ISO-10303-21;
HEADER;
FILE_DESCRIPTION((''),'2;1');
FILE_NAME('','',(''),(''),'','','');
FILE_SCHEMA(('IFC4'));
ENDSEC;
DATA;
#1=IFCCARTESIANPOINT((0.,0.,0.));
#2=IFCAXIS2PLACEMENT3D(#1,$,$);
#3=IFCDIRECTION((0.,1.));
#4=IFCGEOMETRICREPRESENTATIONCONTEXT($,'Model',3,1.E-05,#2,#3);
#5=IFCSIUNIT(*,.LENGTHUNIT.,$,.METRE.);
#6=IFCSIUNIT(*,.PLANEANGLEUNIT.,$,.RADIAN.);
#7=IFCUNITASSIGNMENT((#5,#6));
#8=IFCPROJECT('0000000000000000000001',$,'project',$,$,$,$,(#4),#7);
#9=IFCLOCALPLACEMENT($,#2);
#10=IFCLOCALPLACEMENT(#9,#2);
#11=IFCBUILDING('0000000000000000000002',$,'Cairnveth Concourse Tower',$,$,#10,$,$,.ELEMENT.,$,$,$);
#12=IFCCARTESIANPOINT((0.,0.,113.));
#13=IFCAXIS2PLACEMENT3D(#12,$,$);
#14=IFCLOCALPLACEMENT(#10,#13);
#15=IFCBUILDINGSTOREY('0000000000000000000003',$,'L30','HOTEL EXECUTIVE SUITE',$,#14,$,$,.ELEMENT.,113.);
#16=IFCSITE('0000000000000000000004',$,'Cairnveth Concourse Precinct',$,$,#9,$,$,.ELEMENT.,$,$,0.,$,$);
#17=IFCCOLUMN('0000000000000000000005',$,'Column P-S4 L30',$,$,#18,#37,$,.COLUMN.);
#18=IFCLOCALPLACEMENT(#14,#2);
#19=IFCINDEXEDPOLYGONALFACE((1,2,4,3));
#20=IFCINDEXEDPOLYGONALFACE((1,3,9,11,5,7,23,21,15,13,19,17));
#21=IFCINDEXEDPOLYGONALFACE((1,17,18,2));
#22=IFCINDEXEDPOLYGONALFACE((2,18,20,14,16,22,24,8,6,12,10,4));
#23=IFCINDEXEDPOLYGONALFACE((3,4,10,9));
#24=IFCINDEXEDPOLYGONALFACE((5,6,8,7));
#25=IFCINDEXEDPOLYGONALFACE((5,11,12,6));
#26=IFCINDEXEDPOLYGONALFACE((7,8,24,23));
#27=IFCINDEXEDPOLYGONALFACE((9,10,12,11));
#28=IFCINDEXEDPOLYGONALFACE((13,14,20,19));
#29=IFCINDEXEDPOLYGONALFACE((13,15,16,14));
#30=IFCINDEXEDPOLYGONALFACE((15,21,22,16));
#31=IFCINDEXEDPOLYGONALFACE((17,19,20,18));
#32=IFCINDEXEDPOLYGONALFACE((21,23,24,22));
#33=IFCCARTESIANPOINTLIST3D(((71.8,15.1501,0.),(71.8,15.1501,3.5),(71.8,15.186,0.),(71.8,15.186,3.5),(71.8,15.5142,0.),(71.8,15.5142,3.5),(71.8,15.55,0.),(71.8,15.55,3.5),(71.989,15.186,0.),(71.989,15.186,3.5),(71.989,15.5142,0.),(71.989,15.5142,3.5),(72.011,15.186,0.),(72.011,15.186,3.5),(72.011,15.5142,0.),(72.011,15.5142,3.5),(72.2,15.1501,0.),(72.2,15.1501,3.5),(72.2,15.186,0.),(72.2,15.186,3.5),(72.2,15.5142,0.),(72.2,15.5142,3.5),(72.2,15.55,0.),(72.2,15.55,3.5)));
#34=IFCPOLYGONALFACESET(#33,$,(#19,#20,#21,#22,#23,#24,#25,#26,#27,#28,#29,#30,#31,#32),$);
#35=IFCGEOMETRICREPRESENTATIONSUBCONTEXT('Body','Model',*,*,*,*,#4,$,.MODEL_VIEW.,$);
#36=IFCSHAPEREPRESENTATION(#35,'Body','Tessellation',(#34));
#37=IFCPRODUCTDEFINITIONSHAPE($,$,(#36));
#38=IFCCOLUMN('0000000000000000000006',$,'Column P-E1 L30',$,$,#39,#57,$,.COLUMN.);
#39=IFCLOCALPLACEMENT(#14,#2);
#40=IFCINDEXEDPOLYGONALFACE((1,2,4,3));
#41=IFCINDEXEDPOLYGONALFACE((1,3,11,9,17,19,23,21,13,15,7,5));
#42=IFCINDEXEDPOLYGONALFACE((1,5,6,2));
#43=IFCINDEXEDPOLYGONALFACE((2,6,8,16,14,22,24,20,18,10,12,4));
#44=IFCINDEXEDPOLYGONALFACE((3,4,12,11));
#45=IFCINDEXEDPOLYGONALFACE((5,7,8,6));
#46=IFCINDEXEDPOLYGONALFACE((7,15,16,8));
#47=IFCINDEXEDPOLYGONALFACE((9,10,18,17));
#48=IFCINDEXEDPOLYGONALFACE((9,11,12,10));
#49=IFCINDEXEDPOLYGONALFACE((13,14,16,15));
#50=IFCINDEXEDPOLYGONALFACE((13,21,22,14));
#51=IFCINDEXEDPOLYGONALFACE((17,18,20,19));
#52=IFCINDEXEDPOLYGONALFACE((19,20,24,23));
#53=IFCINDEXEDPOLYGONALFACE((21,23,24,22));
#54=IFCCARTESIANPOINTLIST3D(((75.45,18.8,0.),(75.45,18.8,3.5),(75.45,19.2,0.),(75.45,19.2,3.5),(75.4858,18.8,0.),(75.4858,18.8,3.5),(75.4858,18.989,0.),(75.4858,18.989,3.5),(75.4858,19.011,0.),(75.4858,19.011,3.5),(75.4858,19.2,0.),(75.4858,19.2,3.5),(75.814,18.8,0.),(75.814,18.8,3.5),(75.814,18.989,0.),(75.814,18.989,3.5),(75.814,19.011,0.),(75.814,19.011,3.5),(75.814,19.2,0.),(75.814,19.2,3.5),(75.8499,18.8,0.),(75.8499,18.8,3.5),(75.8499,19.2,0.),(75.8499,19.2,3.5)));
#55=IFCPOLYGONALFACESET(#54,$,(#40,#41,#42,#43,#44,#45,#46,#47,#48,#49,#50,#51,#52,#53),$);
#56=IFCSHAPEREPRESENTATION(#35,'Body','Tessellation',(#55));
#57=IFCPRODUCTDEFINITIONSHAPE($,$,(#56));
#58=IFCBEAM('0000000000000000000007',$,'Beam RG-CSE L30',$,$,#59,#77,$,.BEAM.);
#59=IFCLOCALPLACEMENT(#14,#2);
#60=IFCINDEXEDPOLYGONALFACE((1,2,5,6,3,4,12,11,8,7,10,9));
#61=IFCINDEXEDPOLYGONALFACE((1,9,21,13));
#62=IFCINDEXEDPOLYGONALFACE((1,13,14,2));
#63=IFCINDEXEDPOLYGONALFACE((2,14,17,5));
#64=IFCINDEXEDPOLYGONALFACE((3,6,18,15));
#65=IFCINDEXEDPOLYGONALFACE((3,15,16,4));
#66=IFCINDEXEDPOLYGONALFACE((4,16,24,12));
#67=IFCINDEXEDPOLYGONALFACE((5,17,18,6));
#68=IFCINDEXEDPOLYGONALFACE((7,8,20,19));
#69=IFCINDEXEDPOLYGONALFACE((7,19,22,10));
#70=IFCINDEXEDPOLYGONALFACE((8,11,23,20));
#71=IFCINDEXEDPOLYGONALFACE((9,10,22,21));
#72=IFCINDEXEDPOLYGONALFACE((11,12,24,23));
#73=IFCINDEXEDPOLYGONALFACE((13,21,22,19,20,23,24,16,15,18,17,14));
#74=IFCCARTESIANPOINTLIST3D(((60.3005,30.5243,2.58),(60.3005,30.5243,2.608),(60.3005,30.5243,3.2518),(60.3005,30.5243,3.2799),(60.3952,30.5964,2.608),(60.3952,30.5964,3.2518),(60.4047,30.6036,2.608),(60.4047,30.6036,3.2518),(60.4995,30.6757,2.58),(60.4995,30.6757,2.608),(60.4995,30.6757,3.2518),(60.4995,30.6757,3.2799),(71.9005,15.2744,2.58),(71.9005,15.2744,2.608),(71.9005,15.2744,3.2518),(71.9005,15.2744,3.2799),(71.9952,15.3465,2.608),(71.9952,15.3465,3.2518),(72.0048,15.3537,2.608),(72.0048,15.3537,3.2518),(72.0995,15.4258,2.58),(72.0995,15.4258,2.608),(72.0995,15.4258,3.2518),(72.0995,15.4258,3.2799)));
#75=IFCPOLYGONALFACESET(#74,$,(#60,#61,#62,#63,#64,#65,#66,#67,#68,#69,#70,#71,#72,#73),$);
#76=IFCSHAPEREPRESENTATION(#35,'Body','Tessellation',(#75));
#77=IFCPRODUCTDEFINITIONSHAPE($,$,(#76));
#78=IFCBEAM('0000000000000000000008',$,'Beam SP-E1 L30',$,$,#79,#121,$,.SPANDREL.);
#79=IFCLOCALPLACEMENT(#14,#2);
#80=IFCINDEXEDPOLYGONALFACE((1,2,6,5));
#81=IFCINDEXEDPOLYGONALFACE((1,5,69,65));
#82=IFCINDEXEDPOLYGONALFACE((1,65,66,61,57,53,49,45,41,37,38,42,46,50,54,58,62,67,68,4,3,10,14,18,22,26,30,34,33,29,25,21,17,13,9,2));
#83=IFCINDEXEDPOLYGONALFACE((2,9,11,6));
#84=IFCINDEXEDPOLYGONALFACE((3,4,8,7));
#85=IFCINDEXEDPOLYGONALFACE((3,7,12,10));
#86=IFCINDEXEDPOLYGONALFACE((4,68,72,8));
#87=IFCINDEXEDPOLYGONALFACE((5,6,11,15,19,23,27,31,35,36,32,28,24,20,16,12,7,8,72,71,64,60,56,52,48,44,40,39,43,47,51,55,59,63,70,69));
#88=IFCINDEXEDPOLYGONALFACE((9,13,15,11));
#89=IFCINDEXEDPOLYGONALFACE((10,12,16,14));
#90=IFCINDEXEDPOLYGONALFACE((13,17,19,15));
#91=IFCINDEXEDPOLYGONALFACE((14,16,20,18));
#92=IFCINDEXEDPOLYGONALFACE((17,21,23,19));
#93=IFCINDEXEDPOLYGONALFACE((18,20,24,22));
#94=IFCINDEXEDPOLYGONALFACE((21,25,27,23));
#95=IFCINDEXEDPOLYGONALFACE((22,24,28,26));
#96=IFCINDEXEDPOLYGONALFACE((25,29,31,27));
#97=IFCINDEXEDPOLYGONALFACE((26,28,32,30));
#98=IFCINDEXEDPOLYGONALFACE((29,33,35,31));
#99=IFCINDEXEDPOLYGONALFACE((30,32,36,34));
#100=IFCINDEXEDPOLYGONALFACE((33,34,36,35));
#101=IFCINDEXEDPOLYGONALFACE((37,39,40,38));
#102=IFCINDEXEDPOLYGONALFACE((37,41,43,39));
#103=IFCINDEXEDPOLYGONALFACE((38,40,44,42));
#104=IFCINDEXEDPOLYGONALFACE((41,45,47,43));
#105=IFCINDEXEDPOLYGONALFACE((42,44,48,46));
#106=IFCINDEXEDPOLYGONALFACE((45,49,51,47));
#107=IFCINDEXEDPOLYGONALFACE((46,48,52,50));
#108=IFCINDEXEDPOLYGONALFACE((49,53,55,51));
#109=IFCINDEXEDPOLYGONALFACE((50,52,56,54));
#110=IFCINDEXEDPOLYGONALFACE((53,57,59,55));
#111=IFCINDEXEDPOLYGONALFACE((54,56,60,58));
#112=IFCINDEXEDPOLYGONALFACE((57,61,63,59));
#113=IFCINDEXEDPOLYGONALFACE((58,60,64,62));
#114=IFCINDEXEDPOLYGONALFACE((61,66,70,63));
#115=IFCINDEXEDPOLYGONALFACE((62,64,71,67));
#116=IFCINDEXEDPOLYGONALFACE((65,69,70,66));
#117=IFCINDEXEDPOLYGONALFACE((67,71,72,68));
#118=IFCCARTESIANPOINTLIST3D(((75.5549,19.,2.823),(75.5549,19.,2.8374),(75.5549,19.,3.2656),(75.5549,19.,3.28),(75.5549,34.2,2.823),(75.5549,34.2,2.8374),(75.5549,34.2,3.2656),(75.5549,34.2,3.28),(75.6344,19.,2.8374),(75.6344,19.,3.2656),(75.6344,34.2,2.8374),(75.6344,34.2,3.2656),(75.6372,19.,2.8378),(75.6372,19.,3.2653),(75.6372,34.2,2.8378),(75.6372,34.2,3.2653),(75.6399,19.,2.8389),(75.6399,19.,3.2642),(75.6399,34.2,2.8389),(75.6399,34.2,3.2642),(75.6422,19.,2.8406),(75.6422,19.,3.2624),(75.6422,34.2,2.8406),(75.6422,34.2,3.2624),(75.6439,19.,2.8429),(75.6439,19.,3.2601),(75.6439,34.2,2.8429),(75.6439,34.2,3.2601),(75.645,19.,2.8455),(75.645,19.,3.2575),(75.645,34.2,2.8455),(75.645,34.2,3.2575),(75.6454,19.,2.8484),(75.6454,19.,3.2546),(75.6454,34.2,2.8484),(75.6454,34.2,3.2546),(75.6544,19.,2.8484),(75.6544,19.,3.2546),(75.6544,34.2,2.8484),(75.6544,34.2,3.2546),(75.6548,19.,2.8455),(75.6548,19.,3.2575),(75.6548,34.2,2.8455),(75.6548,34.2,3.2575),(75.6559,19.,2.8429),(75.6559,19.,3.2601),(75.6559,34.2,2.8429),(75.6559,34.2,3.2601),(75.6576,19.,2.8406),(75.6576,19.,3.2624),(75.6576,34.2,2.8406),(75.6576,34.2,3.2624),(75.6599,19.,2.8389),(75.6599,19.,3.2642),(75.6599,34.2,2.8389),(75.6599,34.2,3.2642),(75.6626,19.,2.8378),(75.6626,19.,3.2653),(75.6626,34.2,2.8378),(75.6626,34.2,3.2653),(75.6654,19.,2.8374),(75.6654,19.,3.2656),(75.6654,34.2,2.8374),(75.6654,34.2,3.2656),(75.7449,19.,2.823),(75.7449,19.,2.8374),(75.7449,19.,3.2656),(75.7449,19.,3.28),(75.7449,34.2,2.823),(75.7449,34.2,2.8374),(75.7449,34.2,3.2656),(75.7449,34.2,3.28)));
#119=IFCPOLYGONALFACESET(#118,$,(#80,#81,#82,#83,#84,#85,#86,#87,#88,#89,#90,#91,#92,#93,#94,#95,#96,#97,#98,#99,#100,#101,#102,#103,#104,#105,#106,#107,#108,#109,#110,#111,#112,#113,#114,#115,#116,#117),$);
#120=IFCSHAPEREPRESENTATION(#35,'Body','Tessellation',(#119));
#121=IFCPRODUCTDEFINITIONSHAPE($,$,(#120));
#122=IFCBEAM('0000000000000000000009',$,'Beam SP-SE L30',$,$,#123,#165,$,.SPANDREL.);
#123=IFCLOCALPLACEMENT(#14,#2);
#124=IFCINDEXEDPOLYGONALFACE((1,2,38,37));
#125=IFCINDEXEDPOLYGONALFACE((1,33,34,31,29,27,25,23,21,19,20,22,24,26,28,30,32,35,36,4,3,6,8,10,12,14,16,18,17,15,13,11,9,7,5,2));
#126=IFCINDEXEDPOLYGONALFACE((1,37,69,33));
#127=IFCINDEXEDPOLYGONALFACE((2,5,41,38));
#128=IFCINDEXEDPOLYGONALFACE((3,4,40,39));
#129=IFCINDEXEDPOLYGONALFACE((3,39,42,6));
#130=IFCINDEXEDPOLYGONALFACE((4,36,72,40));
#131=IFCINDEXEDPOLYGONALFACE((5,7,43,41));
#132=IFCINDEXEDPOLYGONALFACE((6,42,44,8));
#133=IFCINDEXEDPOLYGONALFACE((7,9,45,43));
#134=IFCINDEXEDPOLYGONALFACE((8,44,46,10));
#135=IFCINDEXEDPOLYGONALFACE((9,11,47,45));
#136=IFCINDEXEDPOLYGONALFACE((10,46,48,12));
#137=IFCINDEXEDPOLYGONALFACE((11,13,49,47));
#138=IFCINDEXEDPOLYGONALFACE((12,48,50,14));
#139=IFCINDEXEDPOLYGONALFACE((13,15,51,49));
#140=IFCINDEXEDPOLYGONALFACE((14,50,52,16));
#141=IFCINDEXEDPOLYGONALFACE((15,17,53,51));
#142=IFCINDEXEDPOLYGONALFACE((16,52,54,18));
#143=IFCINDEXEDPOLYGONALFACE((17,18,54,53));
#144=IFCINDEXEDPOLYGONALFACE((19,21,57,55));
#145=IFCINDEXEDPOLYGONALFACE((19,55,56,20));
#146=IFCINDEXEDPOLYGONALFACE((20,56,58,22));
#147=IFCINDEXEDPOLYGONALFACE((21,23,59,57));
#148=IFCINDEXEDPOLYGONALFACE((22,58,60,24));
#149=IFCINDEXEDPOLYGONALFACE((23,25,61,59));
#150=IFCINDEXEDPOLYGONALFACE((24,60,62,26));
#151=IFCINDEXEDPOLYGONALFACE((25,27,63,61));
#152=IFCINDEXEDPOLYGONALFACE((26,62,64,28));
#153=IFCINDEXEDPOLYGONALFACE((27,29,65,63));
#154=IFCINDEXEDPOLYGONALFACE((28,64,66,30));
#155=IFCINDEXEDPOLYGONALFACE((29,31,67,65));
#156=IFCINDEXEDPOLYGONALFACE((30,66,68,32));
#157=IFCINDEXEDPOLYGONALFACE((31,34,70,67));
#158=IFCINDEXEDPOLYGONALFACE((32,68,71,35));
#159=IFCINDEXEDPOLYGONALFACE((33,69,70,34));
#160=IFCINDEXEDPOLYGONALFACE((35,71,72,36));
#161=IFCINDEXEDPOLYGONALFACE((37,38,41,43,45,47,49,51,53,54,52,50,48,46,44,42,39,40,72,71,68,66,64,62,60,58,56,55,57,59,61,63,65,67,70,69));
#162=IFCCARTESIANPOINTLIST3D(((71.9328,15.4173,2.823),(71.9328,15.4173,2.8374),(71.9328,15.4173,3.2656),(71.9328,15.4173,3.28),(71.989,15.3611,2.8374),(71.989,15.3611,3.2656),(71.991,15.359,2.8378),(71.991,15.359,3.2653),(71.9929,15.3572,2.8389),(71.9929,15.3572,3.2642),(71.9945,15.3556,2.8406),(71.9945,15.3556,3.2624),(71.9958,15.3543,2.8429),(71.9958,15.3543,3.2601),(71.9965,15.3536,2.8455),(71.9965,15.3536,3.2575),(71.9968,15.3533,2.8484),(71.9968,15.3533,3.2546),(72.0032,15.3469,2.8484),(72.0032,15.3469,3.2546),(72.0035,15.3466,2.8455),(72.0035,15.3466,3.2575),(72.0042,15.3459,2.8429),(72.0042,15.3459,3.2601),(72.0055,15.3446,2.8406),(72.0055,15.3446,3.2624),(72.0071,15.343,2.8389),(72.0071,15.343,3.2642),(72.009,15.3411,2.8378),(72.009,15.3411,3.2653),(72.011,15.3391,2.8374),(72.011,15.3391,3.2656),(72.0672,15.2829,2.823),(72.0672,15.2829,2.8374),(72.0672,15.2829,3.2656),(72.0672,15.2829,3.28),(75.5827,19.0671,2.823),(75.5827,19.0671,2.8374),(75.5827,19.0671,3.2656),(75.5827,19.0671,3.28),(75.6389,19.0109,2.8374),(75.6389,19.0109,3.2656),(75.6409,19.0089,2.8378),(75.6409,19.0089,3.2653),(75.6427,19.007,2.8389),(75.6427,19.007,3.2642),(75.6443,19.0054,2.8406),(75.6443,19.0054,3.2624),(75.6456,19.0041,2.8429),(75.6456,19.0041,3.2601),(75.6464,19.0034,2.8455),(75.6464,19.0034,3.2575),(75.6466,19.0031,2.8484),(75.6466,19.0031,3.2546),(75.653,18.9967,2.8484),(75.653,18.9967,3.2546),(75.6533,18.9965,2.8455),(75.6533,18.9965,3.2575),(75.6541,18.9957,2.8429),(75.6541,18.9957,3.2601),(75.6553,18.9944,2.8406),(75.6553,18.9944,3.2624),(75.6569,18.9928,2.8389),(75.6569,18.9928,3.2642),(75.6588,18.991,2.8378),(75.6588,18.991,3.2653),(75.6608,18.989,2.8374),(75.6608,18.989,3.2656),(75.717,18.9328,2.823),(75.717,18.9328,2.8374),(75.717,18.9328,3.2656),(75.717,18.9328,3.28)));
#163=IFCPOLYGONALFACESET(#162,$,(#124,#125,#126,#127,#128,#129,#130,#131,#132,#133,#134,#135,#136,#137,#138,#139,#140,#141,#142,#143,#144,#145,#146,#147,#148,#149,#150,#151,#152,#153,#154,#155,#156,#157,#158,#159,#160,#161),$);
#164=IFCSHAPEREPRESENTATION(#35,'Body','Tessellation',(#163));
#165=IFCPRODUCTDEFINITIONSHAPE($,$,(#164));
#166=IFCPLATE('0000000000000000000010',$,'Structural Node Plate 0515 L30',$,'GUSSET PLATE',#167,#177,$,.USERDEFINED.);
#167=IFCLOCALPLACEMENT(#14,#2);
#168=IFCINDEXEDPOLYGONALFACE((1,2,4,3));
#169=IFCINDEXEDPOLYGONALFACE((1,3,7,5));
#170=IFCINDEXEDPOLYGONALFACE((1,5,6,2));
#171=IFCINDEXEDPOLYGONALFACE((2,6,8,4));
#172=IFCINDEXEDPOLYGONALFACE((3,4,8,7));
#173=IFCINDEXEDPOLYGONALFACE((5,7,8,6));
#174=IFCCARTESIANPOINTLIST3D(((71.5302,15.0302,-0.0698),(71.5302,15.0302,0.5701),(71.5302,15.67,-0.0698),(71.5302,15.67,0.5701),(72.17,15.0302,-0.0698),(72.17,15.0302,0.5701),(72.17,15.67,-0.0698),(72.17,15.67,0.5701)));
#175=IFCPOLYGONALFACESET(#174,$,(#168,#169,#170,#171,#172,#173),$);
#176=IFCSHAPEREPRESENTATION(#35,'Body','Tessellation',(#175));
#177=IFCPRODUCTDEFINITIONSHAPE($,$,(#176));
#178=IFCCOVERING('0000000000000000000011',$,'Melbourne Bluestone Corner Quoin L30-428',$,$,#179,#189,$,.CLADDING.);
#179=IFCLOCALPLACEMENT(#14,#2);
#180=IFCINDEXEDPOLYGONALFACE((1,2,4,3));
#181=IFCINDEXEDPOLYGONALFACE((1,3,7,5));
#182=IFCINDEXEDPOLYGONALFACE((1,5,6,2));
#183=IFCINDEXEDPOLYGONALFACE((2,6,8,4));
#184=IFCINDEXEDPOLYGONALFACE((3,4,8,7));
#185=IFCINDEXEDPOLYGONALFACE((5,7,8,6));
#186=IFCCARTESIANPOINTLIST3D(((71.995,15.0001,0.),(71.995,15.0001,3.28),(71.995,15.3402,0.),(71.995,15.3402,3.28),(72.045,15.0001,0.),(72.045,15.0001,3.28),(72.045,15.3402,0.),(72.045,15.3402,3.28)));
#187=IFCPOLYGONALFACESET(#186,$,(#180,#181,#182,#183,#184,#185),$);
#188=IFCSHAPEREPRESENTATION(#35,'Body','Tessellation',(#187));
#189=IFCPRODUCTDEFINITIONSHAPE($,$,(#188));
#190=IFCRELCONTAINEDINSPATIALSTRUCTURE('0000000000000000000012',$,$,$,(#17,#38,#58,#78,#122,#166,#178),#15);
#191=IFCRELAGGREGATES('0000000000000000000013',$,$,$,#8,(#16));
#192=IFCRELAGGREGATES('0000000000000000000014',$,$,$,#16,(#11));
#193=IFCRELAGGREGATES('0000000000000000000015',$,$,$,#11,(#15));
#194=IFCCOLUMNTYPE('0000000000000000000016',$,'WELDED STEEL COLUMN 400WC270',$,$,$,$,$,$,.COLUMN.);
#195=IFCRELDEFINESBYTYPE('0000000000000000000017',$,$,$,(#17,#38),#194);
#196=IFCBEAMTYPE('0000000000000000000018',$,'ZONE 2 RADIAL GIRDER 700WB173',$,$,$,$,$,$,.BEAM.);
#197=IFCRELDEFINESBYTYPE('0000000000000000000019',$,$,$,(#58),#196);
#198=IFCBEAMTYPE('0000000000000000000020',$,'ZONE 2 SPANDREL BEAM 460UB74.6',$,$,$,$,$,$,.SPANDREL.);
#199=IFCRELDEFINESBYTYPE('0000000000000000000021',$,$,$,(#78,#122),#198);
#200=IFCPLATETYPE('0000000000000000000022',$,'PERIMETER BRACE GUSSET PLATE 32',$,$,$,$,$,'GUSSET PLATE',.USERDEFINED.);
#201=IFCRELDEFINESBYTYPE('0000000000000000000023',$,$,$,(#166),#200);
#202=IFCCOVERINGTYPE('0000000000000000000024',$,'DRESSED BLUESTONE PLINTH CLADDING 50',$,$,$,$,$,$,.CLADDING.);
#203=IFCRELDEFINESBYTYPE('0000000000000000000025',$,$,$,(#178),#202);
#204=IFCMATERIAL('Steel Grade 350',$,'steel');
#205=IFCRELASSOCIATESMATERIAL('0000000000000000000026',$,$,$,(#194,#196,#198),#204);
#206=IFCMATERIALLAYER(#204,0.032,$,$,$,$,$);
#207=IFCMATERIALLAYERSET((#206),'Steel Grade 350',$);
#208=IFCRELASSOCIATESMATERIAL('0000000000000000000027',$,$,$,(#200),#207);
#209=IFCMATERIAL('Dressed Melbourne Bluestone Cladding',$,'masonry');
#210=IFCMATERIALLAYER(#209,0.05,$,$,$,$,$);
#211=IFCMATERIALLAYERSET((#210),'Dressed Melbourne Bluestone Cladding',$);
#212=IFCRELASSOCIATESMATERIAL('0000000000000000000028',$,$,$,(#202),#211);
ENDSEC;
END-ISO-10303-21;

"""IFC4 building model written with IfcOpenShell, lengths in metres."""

from ifc_helpers import new_model, si_unit, direction, frame, frame_2d, origin, origin_2d, place, context, subcontext, project, spatial, rectangle, i_section, extrude, material, layer, layer_set, material_profile, profile_set, type_object, element, save


model = new_model("IFC4")

# Units and contexts
model_context = context("Model", 3, precision=1e-05, world=origin(), true_north=direction((0.0, 1.0)))
body_context = subcontext(model_context, "Body", "Model", "MODEL_VIEW")
ifc_project = project(units=[si_unit("LENGTHUNIT", "METRE"), si_unit("PLANEANGLEUNIT", "RADIAN")], contexts=[model_context])

# Site, building, storey
site_placement = place(None, origin())
site = spatial("IfcSite", under=ifc_project, at=site_placement, Name="Cairnveth Concourse Precinct", CompositionType="ELEMENT", RefElevation=0.0)
building_placement = place(site_placement, origin())
building = spatial("IfcBuilding", under=site, at=building_placement, Name="Cairnveth Concourse Tower", CompositionType="ELEMENT")
storey_placement = place(building_placement, frame((0.0, 0.0, 113.0)))
storey = spatial("IfcBuildingStorey", under=building, at=storey_placement, Name="L30", Description="HOTEL EXECUTIVE SUITE", CompositionType="ELEMENT", Elevation=113.0)

# Columns
ifc_material_1 = material(Name="Steel Grade 350", Category="steel")
ifc_material_profile_1 = material_profile(ifc_material_1, i_section(OverallWidth=0.3999, OverallDepth=0.3999, WebThickness=0.022, FlangeThickness=0.0359, at=origin_2d()), Name="400WC270")
ifc_profile_set_1 = profile_set([ifc_material_profile_1], Name="Steel Grade 350")
column_type = type_object("IfcColumnType", Name="WELDED STEEL COLUMN 400WC270", PredefinedType="COLUMN", material=ifc_profile_set_1)
for number, where, z_axis, x_axis, name in (
    (1, (72.0, 15.3501, 0.0), (0.0, 0.0, 1.0), (1.0, 0.0, 0.0), "Column P-S4 L30"),
    (2, (75.6499, 19.0, 0.0), (0.0, 0.0, 1.0), (0.0, 1.0, 0.0), "Column P-E1 L30"),
):
    element("IfcColumn", number, at=place(storey_placement, frame(where, z_axis=z_axis, x_axis=x_axis)), inside=storey, type_object=column_type, Name=name, PredefinedType="COLUMN", context=body_context, shape_type="SweptSolid", body=[
        extrude(i_section(OverallWidth=0.3999, OverallDepth=0.3999, WebThickness=0.022, FlangeThickness=0.0359, at=origin_2d()), origin(), (0.0, 0.0, 1.0), 3.5),
    ])

# Beams
ifc_material_profile_2 = material_profile(ifc_material_1, i_section(OverallWidth=0.25, OverallDepth=0.7, WebThickness=0.012, FlangeThickness=0.0281, at=origin_2d()), Name="700WB173")
ifc_profile_set_2 = profile_set([ifc_material_profile_2], Name="Steel Grade 350")
beam_type_1 = type_object("IfcBeamType", Name="ZONE 2 RADIAL GIRDER 700WB173", PredefinedType="BEAM", material=ifc_profile_set_2)
beam_1_placement = place(storey_placement, frame((72.0, 15.3501, 2.9299), z_axis=(-0.605417, 0.795908, 0.0), x_axis=(-0.795908, -0.605417, 0.0)))
element("IfcBeam", 3, at=beam_1_placement, inside=storey, type_object=beam_type_1, Name="Beam RG-CSE L30", PredefinedType="BEAM", context=body_context, shape_type="SweptSolid", body=[
    extrude(i_section(OverallWidth=0.25, OverallDepth=0.7, WebThickness=0.012, FlangeThickness=0.0281, at=origin_2d()), origin(), (0.0, 0.0, 1.0), 19.1604),
])
ifc_material_profile_3 = material_profile(ifc_material_1, i_section(OverallWidth=0.1899, OverallDepth=0.457, WebThickness=0.009, FlangeThickness=0.0144, FilletRadius=0.011, at=origin_2d()), Name="460UB74.6")
ifc_profile_set_3 = profile_set([ifc_material_profile_3], Name="Steel Grade 350")
beam_type_2 = type_object("IfcBeamType", Name="ZONE 2 SPANDREL BEAM 460UB74.6", PredefinedType="SPANDREL", material=ifc_profile_set_3)
beam_2_placement = place(storey_placement, frame((75.6499, 19.0, 3.0515), z_axis=(0.0, 1.0, 0.0), x_axis=(-1.0, 0.0, 0.0)))
element("IfcBeam", 4, at=beam_2_placement, inside=storey, type_object=beam_type_2, Name="Beam SP-E1 L30", PredefinedType="SPANDREL", context=body_context, shape_type="SweptSolid", body=[
    extrude(i_section(OverallWidth=0.1899, OverallDepth=0.457, WebThickness=0.009, FlangeThickness=0.0144, FilletRadius=0.011, at=origin_2d()), origin(), (0.0, 0.0, 1.0), 15.2),
])
beam_3_placement = place(storey_placement, frame((72.0, 15.3501, 3.0515), z_axis=(0.707107, 0.707107, 0.0), x_axis=(-0.707107, 0.707107, 0.0)))
element("IfcBeam", 5, at=beam_3_placement, inside=storey, type_object=beam_type_2, Name="Beam SP-SE L30", PredefinedType="SPANDREL", context=body_context, shape_type="SweptSolid", body=[
    extrude(i_section(OverallWidth=0.1899, OverallDepth=0.457, WebThickness=0.009, FlangeThickness=0.0144, FilletRadius=0.011, at=origin_2d()), origin(), (0.0, 0.0, 1.0), 5.1616),
])

# Plate
ifc_layer_1 = layer(ifc_material_1, 0.032)
ifc_layer_set_1 = layer_set([ifc_layer_1], Name="Steel Grade 350")
plate_type = type_object("IfcPlateType", Name="PERIMETER BRACE GUSSET PLATE 32", ElementType="GUSSET PLATE", PredefinedType="USERDEFINED", material=ifc_layer_set_1)
plate_placement = place(storey_placement, frame((71.8501, 15.3501, -0.0698), z_axis=(0.0, 0.0, 1.0), x_axis=(1.0, 0.0, 0.0)))
element("IfcPlate", 6, at=plate_placement, inside=storey, type_object=plate_type, Name="Structural Node Plate 0515 L30", ObjectType="GUSSET PLATE", PredefinedType="USERDEFINED", context=body_context, shape_type="SweptSolid", body=[
    extrude(rectangle(XDim=0.6399, YDim=0.6399, at=origin_2d()), origin(), (0.0, 0.0, 1.0), 0.6399),
])

# Covering
ifc_material_2 = material(Name="Dressed Melbourne Bluestone Cladding", Category="masonry")
ifc_layer_2 = layer(ifc_material_2, 0.05)
ifc_layer_set_2 = layer_set([ifc_layer_2], Name="Dressed Melbourne Bluestone Cladding")
covering_type = type_object("IfcCoveringType", Name="DRESSED BLUESTONE PLINTH CLADDING 50", PredefinedType="CLADDING", material=ifc_layer_set_2)
covering_placement = place(storey_placement, frame((72.02, 15.3401, 0.0), z_axis=(0.0, 0.0, 1.0), x_axis=(0.0, -1.0, 0.0)))
element("IfcCovering", 7, at=covering_placement, inside=storey, type_object=covering_type, Name="Melbourne Bluestone Corner Quoin L30-428", PredefinedType="CLADDING", context=body_context, shape_type="SweptSolid", body=[
    extrude(rectangle(XDim=0.3401, YDim=0.05, at=frame_2d((0.1699, 0.0))), origin(), (0.0, 0.0, 1.0), 3.28),
])

save(model, "model.ifc")
